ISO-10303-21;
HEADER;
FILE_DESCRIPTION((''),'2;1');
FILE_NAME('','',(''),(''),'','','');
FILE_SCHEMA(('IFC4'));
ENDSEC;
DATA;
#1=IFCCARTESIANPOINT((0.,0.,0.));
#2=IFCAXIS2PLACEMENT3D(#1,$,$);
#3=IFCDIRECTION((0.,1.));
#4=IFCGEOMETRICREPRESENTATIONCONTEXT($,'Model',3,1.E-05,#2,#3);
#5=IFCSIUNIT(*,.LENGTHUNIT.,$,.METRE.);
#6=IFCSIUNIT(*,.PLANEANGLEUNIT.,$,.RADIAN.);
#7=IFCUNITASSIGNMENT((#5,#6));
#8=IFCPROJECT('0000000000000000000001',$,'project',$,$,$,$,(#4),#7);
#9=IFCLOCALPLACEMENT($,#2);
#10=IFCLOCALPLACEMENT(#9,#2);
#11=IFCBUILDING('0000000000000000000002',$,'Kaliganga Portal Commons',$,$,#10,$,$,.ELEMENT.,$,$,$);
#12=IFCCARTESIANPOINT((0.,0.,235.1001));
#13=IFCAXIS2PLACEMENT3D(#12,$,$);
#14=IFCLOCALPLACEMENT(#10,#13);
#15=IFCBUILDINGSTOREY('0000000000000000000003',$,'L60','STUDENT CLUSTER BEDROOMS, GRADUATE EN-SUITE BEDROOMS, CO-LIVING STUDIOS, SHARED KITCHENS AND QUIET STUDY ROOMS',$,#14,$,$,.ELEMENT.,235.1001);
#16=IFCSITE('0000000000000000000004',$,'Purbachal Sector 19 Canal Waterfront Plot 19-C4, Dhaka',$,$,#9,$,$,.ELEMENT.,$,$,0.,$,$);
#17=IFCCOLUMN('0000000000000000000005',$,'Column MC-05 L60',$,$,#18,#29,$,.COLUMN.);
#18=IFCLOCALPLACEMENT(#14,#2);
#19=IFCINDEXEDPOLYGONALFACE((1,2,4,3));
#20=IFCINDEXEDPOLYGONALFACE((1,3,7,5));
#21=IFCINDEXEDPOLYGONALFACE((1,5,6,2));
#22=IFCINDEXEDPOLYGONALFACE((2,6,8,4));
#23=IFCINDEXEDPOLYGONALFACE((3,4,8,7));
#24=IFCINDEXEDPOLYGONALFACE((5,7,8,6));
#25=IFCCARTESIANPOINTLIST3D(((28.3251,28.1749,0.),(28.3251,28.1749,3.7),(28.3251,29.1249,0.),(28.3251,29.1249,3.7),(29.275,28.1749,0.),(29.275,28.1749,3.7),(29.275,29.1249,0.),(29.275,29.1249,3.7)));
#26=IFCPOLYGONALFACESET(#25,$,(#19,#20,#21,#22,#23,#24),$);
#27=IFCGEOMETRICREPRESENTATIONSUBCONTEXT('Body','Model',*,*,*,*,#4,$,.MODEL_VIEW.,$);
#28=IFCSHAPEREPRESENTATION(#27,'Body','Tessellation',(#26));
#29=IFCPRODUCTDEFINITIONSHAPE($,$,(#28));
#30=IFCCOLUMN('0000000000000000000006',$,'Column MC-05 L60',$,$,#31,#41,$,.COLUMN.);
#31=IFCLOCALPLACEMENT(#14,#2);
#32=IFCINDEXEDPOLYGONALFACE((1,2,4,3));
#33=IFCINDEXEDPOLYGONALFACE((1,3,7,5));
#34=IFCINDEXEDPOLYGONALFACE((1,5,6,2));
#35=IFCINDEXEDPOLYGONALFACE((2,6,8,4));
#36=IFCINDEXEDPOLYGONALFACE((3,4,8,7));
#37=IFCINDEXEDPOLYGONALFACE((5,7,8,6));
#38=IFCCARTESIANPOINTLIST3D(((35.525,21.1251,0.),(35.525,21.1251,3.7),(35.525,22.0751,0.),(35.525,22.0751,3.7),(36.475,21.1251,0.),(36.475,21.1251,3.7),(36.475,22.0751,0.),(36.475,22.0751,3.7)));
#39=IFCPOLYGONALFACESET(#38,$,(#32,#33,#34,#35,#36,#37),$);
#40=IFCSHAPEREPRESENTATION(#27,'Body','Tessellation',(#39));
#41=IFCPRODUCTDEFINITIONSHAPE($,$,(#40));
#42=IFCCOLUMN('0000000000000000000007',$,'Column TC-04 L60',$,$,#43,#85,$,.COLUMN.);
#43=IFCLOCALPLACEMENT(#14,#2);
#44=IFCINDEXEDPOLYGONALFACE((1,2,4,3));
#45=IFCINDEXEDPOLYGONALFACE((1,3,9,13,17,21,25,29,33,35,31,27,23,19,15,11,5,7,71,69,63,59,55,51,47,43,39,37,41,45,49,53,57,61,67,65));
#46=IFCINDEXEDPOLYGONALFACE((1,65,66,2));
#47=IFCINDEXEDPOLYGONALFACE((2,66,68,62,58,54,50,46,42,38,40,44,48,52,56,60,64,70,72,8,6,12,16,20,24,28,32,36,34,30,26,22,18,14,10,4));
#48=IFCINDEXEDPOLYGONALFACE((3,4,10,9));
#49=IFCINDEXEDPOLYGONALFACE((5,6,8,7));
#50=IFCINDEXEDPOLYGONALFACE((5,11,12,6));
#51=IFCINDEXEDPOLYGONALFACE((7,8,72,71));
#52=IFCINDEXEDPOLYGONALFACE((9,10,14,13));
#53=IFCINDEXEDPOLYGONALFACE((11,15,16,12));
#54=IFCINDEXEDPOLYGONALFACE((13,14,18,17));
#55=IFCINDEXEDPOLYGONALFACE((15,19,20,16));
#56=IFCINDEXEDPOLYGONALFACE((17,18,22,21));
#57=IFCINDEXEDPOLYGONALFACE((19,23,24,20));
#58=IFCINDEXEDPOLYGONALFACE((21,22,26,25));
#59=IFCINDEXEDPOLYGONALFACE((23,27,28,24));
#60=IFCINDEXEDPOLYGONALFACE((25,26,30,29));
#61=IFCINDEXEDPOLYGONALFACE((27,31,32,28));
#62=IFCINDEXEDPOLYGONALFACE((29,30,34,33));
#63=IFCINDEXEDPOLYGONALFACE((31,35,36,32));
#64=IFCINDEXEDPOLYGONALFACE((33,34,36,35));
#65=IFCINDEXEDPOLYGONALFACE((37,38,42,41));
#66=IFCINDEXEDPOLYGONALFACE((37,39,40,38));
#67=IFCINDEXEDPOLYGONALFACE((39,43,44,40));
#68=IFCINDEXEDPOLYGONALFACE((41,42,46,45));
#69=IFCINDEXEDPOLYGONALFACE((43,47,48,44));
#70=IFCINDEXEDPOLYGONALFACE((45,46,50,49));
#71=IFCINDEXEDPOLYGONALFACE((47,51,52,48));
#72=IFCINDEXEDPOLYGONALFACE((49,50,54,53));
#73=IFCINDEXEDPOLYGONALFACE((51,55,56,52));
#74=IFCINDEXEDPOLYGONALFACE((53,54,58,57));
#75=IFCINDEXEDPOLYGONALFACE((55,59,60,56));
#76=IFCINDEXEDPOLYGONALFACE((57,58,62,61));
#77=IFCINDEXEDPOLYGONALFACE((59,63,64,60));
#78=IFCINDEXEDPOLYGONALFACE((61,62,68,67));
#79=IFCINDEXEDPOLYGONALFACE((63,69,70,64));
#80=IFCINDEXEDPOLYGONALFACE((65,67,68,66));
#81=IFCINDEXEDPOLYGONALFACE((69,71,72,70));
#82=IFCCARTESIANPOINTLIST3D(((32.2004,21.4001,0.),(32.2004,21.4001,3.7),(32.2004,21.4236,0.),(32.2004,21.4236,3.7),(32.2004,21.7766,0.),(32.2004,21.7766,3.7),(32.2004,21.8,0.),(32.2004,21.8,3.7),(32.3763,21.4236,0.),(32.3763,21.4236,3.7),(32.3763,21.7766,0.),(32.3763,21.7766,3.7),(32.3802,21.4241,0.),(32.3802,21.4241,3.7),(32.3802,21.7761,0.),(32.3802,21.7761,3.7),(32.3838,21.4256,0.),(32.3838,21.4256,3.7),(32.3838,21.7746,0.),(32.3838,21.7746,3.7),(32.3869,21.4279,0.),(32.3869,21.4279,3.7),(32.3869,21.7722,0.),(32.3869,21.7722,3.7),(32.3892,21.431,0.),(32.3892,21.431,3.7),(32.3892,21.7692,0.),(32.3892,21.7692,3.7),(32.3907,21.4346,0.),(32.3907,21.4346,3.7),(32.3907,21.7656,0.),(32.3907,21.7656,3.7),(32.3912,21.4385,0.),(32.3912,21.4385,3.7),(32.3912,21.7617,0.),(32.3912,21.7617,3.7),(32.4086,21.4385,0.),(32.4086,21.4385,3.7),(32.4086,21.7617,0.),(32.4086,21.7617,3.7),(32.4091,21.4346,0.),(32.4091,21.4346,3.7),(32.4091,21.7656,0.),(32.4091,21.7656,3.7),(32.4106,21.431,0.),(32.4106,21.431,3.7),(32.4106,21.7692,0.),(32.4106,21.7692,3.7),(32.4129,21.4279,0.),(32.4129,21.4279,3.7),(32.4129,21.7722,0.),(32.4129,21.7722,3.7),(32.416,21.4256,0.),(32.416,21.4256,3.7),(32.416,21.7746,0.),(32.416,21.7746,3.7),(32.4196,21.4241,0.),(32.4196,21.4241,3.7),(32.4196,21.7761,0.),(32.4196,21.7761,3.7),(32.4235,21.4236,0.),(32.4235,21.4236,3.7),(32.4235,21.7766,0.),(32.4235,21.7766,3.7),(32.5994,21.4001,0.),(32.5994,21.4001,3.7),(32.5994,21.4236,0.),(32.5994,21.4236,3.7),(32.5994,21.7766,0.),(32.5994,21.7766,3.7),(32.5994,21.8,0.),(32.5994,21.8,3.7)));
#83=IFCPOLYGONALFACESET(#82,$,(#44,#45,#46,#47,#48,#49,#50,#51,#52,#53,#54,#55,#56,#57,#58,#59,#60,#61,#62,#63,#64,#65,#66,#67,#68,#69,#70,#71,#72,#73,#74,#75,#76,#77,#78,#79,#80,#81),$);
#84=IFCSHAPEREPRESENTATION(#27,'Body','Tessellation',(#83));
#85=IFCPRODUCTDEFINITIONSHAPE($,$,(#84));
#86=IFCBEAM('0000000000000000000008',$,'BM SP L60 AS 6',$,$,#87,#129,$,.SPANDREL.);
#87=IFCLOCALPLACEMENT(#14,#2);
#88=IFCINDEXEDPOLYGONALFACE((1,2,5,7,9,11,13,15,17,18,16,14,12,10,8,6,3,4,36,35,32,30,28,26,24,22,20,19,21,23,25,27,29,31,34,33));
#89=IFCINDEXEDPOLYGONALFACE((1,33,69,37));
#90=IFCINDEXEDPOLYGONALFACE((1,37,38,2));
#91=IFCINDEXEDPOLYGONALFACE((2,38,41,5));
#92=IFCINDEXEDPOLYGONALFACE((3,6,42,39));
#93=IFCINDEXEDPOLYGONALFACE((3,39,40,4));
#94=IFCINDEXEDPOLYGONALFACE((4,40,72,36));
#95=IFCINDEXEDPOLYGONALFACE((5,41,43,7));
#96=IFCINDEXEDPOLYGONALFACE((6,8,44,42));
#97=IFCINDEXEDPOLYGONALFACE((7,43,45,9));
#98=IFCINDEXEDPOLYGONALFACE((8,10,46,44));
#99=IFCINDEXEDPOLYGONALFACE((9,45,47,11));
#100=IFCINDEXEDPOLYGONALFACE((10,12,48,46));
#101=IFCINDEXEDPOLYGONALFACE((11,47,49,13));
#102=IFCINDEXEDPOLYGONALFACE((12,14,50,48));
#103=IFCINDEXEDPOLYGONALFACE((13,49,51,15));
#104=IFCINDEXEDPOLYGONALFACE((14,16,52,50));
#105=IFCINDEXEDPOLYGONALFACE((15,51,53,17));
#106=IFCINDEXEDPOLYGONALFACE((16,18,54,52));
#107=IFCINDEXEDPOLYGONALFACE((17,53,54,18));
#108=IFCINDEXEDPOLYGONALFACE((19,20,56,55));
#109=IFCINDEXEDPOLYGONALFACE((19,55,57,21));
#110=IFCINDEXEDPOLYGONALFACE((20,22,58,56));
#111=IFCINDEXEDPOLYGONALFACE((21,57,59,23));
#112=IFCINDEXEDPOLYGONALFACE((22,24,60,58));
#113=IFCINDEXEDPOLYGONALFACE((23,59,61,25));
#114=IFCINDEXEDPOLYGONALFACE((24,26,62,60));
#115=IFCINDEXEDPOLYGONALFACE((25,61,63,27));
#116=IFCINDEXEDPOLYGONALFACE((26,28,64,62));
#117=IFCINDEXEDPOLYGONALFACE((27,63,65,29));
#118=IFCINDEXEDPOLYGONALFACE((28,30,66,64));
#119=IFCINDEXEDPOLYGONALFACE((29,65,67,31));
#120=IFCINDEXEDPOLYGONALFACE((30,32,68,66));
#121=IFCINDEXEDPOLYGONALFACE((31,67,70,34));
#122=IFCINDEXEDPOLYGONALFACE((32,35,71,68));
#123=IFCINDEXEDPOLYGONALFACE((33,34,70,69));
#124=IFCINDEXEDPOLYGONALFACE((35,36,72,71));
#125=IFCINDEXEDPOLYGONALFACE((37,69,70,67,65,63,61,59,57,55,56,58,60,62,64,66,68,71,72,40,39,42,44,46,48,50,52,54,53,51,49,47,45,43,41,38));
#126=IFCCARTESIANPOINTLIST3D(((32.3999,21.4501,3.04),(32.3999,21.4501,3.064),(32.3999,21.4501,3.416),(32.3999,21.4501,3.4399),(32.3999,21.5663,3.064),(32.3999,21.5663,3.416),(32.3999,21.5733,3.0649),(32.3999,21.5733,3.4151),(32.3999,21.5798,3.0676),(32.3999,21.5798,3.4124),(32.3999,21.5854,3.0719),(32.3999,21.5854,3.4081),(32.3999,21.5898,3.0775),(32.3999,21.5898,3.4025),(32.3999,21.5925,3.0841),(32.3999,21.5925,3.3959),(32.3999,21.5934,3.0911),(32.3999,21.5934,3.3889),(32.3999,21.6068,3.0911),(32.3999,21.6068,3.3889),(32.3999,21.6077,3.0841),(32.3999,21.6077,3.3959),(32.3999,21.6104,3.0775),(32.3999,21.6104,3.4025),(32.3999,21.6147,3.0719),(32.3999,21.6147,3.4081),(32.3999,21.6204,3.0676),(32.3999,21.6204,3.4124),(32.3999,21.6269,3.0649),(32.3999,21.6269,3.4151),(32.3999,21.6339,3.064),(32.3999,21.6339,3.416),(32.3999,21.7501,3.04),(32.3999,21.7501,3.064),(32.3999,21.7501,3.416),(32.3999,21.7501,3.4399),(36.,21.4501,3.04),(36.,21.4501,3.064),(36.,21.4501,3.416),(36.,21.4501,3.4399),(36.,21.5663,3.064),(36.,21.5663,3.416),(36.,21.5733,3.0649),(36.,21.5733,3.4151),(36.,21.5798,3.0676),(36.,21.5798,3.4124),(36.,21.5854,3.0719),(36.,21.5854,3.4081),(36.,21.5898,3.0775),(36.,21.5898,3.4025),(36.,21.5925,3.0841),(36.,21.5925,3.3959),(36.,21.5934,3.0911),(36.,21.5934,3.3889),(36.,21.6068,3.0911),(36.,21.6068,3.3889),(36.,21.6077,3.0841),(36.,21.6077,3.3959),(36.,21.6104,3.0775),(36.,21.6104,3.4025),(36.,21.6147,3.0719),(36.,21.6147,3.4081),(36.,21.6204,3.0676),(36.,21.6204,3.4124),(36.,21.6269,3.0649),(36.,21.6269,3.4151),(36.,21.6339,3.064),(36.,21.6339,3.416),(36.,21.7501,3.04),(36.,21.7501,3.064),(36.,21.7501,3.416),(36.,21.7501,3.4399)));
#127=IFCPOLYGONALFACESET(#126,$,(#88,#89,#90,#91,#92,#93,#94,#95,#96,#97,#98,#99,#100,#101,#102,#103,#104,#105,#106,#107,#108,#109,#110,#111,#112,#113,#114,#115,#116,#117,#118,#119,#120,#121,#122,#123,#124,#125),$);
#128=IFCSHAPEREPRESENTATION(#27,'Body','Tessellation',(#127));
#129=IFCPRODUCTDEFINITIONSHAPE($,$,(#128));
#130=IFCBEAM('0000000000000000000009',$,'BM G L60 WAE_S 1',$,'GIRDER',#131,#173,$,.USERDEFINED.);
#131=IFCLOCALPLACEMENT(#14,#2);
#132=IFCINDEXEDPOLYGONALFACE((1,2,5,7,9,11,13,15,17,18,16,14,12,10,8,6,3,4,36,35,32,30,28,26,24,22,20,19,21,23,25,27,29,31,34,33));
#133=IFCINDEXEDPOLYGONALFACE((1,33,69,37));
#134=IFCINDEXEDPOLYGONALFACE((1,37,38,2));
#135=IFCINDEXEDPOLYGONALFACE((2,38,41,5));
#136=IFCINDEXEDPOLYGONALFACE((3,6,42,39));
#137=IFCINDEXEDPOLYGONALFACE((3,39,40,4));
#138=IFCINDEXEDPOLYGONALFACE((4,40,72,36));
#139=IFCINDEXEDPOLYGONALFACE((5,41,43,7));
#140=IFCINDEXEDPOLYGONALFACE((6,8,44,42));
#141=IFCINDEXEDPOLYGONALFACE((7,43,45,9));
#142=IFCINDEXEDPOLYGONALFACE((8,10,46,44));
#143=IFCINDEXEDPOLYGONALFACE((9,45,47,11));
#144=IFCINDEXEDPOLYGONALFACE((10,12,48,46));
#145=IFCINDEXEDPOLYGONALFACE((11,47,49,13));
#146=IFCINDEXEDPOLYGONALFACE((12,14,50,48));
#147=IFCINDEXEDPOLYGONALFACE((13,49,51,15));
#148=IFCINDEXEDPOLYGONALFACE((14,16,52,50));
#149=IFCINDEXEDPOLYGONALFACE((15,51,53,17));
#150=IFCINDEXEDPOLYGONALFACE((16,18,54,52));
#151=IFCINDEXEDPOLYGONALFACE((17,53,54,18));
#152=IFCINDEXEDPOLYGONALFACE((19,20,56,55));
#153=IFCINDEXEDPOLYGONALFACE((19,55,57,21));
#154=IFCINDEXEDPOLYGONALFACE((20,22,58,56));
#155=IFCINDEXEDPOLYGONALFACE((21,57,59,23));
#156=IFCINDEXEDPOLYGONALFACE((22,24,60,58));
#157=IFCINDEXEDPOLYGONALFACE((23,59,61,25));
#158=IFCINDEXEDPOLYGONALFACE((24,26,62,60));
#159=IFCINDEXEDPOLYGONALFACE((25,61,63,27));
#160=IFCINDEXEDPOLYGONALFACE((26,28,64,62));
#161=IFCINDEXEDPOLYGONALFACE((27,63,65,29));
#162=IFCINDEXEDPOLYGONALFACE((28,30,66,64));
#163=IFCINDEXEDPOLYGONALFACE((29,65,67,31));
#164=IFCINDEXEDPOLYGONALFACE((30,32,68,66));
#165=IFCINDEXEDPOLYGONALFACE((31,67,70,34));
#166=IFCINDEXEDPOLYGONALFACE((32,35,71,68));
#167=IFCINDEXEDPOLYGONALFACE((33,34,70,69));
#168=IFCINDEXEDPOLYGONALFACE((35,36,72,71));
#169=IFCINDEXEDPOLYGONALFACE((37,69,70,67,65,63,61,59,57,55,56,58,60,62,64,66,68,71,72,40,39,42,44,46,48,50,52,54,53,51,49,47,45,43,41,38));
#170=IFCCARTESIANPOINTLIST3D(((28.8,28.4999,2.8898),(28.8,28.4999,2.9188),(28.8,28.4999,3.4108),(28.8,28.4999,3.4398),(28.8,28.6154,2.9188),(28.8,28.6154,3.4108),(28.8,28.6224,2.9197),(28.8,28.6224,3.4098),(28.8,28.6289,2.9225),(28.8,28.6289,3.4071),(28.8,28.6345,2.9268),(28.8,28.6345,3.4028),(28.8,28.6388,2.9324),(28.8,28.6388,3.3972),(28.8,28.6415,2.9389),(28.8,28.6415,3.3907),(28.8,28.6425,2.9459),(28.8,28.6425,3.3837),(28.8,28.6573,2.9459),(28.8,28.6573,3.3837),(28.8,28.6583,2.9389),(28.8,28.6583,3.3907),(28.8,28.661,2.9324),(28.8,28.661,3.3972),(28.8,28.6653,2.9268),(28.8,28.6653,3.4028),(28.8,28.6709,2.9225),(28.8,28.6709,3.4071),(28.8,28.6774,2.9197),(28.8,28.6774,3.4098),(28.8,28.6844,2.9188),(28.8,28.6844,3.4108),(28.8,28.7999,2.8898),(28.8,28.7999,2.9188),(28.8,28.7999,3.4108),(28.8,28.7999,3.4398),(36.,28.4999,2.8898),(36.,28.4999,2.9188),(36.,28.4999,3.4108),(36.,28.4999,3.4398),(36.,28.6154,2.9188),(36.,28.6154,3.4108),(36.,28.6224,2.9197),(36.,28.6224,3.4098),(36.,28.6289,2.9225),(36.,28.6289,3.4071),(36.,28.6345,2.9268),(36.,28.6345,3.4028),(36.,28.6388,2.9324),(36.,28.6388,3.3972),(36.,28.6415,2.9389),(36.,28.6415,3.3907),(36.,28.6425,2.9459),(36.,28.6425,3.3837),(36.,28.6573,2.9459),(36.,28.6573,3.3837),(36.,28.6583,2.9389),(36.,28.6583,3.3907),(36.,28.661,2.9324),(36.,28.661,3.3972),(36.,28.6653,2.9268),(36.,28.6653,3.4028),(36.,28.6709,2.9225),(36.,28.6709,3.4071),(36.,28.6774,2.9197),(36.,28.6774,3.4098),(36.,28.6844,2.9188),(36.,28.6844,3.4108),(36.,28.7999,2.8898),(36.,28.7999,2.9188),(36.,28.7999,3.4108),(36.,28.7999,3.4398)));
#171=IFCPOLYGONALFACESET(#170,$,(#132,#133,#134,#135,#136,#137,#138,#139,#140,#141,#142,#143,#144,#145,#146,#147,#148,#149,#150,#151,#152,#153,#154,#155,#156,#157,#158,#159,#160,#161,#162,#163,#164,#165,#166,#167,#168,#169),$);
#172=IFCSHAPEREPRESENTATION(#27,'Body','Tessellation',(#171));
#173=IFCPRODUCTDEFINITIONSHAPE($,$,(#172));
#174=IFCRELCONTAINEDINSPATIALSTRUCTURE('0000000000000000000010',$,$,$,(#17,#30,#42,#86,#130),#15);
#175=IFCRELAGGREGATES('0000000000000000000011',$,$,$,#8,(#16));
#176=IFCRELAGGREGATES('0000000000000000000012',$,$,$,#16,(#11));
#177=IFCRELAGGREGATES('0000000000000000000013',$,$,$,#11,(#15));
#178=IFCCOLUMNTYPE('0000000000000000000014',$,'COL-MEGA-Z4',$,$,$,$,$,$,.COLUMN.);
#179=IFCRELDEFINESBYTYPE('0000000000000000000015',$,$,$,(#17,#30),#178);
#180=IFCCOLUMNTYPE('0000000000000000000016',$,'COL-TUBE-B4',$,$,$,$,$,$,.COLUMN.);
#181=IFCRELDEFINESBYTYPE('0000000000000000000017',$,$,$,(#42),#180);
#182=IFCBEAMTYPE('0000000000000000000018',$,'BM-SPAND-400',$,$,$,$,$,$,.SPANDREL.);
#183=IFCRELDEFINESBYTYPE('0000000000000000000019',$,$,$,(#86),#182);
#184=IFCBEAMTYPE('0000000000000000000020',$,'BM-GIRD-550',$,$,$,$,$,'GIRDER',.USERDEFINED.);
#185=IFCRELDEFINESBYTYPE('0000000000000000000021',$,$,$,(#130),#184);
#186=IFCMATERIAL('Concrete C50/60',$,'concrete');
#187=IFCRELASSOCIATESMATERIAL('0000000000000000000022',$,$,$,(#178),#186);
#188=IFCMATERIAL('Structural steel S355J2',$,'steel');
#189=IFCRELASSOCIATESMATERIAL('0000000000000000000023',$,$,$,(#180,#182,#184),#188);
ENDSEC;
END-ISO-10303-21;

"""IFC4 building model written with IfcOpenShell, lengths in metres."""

from ifc_helpers import new_model, si_unit, direction, frame, origin, origin_2d, place, context, subcontext, project, spatial, rectangle, i_section, extrude, source, transform, mapped, material, material_profile, profile_set, type_object, element, save


model = new_model("IFC4")

# Units and contexts
model_context = context("Model", 3, precision=1e-05, world=origin(), true_north=direction((0.0, 1.0)))
body_context = subcontext(model_context, "Body", "Model", "MODEL_VIEW")
ifc_project = project(units=[si_unit("LENGTHUNIT", "METRE"), si_unit("PLANEANGLEUNIT", "RADIAN")], contexts=[model_context])

# Site, building, storey
site_placement = place(None, origin())
site = spatial("IfcSite", under=ifc_project, at=site_placement, Name="Purbachal Sector 19 Canal Waterfront Plot 19-C4, Dhaka", CompositionType="ELEMENT", RefElevation=0.0)
building_placement = place(site_placement, origin())
building = spatial("IfcBuilding", under=site, at=building_placement, Name="Kaliganga Portal Commons", CompositionType="ELEMENT")
storey_placement = place(building_placement, frame((0.0, 0.0, 235.1001)))
storey = spatial("IfcBuildingStorey", under=building, at=storey_placement, Name="L60", Description="STUDENT CLUSTER BEDROOMS, GRADUATE EN-SUITE BEDROOMS, CO-LIVING STUDIOS, SHARED KITCHENS AND QUIET STUDY ROOMS", CompositionType="ELEMENT", Elevation=235.1001)

# Columns
ifc_material_1 = material(Name="Concrete C50/60", Category="concrete")
ifc_material_profile_1 = material_profile(ifc_material_1, rectangle(XDim=0.95, YDim=0.95, at=origin_2d()), Name="RC 950x950")
ifc_profile_set_1 = profile_set([ifc_material_profile_1], Name="Concrete C50/60")
column_type_1 = type_object("IfcColumnType", Name="COL-MEGA-Z4", PredefinedType="COLUMN", material=ifc_profile_set_1)
shared_shape_1 = source(origin(), body_context, "Body", "SweptSolid", [
    extrude(rectangle(XDim=0.95, YDim=0.95, at=origin_2d()), origin(), (0.0, 0.0, 1.0), 3.7),
])
for number, where, z_axis, x_axis, name in (
    (1, (28.8, 28.6499, 0.0), (0.0, 0.0, 1.0), (1.0, 0.0, 0.0), "Column MC-05 L60"),
    (2, (36.0, 21.6001, 0.0), (0.0, 0.0, 1.0), (1.0, 0.0, 0.0), "Column MC-05 L60"),
):
    element("IfcColumn", number, at=place(storey_placement, frame(where, z_axis=z_axis, x_axis=x_axis)), inside=storey, type_object=column_type_1, Name=name, PredefinedType="COLUMN", context=body_context, shape_type="MappedRepresentation", body=[
        mapped(shared_shape_1, transform((0.0, 0.0, 0.0), x_axis=(1.0, 0.0, 0.0), y_axis=(0.0, 1.0, 0.0), z_axis=(0.0, 0.0, 1.0), scale=1.0)),
    ])
ifc_material_2 = material(Name="Structural steel S355J2", Category="steel")
ifc_material_profile_2 = material_profile(ifc_material_2, i_section(OverallWidth=0.3989, OverallDepth=0.3999, WebThickness=0.0173, FlangeThickness=0.0234, FilletRadius=0.0149, at=origin_2d()), Name="HD 400x287")
ifc_profile_set_2 = profile_set([ifc_material_profile_2], Name="Structural steel S355J2 wide-flange")
column_type_2 = type_object("IfcColumnType", Name="COL-TUBE-B4", PredefinedType="COLUMN", material=ifc_profile_set_2)
shared_shape_2 = source(origin(), body_context, "Body", "SweptSolid", [
    extrude(i_section(OverallWidth=0.3989, OverallDepth=0.3999, WebThickness=0.0173, FlangeThickness=0.0234, FilletRadius=0.0149, at=origin_2d()), origin(), (0.0, 0.0, 1.0), 3.7),
])
column_placement = place(storey_placement, frame((32.3999, 21.6001, 0.0), z_axis=(0.0, 0.0, 1.0), x_axis=(1.0, 0.0, 0.0)))
element("IfcColumn", 3, at=column_placement, inside=storey, type_object=column_type_2, Name="Column TC-04 L60", PredefinedType="COLUMN", context=body_context, shape_type="MappedRepresentation", body=[
    mapped(shared_shape_2, transform((0.0, 0.0, 0.0), x_axis=(1.0, 0.0, 0.0), y_axis=(0.0, 1.0, 0.0), z_axis=(0.0, 0.0, 1.0), scale=1.0)),
])

# Beams
ifc_material_profile_3 = material_profile(ifc_material_2, i_section(OverallWidth=0.3, OverallDepth=0.3999, WebThickness=0.0134, FlangeThickness=0.0239, FilletRadius=0.0271, at=origin_2d()), Name="HE 400 B")
ifc_profile_set_3 = profile_set([ifc_material_profile_3], Name="Structural steel S355J2 wide-flange")
beam_type_1 = type_object("IfcBeamType", Name="BM-SPAND-400", PredefinedType="SPANDREL", material=ifc_profile_set_3)
shared_shape_3 = source(origin(), body_context, "Body", "SweptSolid", [
    extrude(i_section(OverallWidth=0.3, OverallDepth=0.3999, WebThickness=0.0134, FlangeThickness=0.0239, FilletRadius=0.0271, at=origin_2d()), origin(), (0.0, 0.0, 1.0), 3.6001),
])
beam_1_placement = place(storey_placement, frame((32.3999, 21.6001, 3.24), z_axis=(1.0, 0.0, 0.0), x_axis=(0.0, 1.0, 0.0)))
element("IfcBeam", 4, at=beam_1_placement, inside=storey, type_object=beam_type_1, Name="BM SP L60 AS 6", PredefinedType="SPANDREL", context=body_context, shape_type="MappedRepresentation", body=[
    mapped(shared_shape_3, transform((0.0, 0.0, 0.0), x_axis=(1.0, 0.0, 0.0), y_axis=(0.0, 1.0, 0.0), z_axis=(0.0, 0.0, 1.0), scale=1.0)),
])
ifc_material_profile_4 = material_profile(ifc_material_2, i_section(OverallWidth=0.3, OverallDepth=0.55, WebThickness=0.0149, FlangeThickness=0.0291, FilletRadius=0.0271, at=origin_2d()), Name="HE 550 B")
ifc_profile_set_4 = profile_set([ifc_material_profile_4], Name="Structural steel S355J2 wide-flange")
beam_type_2 = type_object("IfcBeamType", Name="BM-GIRD-550", ElementType="GIRDER", PredefinedType="USERDEFINED", material=ifc_profile_set_4)
shared_shape_4 = source(origin(), body_context, "Body", "SweptSolid", [
    extrude(i_section(OverallWidth=0.3, OverallDepth=0.55, WebThickness=0.0149, FlangeThickness=0.0291, FilletRadius=0.0271, at=origin_2d()), origin(), (0.0, 0.0, 1.0), 7.2),
])
beam_2_placement = place(storey_placement, frame((28.8, 28.6499, 3.1648), z_axis=(1.0, 0.0, 0.0), x_axis=(0.0, 1.0, 0.0)))
element("IfcBeam", 5, at=beam_2_placement, inside=storey, type_object=beam_type_2, Name="BM G L60 WAE_S 1", ObjectType="GIRDER", PredefinedType="USERDEFINED", context=body_context, shape_type="MappedRepresentation", body=[
    mapped(shared_shape_4, transform((0.0, 0.0, 0.0), x_axis=(1.0, 0.0, 0.0), y_axis=(0.0, 1.0, 0.0), z_axis=(0.0, 0.0, 1.0), scale=1.0)),
])

save(model, "model.ifc")
